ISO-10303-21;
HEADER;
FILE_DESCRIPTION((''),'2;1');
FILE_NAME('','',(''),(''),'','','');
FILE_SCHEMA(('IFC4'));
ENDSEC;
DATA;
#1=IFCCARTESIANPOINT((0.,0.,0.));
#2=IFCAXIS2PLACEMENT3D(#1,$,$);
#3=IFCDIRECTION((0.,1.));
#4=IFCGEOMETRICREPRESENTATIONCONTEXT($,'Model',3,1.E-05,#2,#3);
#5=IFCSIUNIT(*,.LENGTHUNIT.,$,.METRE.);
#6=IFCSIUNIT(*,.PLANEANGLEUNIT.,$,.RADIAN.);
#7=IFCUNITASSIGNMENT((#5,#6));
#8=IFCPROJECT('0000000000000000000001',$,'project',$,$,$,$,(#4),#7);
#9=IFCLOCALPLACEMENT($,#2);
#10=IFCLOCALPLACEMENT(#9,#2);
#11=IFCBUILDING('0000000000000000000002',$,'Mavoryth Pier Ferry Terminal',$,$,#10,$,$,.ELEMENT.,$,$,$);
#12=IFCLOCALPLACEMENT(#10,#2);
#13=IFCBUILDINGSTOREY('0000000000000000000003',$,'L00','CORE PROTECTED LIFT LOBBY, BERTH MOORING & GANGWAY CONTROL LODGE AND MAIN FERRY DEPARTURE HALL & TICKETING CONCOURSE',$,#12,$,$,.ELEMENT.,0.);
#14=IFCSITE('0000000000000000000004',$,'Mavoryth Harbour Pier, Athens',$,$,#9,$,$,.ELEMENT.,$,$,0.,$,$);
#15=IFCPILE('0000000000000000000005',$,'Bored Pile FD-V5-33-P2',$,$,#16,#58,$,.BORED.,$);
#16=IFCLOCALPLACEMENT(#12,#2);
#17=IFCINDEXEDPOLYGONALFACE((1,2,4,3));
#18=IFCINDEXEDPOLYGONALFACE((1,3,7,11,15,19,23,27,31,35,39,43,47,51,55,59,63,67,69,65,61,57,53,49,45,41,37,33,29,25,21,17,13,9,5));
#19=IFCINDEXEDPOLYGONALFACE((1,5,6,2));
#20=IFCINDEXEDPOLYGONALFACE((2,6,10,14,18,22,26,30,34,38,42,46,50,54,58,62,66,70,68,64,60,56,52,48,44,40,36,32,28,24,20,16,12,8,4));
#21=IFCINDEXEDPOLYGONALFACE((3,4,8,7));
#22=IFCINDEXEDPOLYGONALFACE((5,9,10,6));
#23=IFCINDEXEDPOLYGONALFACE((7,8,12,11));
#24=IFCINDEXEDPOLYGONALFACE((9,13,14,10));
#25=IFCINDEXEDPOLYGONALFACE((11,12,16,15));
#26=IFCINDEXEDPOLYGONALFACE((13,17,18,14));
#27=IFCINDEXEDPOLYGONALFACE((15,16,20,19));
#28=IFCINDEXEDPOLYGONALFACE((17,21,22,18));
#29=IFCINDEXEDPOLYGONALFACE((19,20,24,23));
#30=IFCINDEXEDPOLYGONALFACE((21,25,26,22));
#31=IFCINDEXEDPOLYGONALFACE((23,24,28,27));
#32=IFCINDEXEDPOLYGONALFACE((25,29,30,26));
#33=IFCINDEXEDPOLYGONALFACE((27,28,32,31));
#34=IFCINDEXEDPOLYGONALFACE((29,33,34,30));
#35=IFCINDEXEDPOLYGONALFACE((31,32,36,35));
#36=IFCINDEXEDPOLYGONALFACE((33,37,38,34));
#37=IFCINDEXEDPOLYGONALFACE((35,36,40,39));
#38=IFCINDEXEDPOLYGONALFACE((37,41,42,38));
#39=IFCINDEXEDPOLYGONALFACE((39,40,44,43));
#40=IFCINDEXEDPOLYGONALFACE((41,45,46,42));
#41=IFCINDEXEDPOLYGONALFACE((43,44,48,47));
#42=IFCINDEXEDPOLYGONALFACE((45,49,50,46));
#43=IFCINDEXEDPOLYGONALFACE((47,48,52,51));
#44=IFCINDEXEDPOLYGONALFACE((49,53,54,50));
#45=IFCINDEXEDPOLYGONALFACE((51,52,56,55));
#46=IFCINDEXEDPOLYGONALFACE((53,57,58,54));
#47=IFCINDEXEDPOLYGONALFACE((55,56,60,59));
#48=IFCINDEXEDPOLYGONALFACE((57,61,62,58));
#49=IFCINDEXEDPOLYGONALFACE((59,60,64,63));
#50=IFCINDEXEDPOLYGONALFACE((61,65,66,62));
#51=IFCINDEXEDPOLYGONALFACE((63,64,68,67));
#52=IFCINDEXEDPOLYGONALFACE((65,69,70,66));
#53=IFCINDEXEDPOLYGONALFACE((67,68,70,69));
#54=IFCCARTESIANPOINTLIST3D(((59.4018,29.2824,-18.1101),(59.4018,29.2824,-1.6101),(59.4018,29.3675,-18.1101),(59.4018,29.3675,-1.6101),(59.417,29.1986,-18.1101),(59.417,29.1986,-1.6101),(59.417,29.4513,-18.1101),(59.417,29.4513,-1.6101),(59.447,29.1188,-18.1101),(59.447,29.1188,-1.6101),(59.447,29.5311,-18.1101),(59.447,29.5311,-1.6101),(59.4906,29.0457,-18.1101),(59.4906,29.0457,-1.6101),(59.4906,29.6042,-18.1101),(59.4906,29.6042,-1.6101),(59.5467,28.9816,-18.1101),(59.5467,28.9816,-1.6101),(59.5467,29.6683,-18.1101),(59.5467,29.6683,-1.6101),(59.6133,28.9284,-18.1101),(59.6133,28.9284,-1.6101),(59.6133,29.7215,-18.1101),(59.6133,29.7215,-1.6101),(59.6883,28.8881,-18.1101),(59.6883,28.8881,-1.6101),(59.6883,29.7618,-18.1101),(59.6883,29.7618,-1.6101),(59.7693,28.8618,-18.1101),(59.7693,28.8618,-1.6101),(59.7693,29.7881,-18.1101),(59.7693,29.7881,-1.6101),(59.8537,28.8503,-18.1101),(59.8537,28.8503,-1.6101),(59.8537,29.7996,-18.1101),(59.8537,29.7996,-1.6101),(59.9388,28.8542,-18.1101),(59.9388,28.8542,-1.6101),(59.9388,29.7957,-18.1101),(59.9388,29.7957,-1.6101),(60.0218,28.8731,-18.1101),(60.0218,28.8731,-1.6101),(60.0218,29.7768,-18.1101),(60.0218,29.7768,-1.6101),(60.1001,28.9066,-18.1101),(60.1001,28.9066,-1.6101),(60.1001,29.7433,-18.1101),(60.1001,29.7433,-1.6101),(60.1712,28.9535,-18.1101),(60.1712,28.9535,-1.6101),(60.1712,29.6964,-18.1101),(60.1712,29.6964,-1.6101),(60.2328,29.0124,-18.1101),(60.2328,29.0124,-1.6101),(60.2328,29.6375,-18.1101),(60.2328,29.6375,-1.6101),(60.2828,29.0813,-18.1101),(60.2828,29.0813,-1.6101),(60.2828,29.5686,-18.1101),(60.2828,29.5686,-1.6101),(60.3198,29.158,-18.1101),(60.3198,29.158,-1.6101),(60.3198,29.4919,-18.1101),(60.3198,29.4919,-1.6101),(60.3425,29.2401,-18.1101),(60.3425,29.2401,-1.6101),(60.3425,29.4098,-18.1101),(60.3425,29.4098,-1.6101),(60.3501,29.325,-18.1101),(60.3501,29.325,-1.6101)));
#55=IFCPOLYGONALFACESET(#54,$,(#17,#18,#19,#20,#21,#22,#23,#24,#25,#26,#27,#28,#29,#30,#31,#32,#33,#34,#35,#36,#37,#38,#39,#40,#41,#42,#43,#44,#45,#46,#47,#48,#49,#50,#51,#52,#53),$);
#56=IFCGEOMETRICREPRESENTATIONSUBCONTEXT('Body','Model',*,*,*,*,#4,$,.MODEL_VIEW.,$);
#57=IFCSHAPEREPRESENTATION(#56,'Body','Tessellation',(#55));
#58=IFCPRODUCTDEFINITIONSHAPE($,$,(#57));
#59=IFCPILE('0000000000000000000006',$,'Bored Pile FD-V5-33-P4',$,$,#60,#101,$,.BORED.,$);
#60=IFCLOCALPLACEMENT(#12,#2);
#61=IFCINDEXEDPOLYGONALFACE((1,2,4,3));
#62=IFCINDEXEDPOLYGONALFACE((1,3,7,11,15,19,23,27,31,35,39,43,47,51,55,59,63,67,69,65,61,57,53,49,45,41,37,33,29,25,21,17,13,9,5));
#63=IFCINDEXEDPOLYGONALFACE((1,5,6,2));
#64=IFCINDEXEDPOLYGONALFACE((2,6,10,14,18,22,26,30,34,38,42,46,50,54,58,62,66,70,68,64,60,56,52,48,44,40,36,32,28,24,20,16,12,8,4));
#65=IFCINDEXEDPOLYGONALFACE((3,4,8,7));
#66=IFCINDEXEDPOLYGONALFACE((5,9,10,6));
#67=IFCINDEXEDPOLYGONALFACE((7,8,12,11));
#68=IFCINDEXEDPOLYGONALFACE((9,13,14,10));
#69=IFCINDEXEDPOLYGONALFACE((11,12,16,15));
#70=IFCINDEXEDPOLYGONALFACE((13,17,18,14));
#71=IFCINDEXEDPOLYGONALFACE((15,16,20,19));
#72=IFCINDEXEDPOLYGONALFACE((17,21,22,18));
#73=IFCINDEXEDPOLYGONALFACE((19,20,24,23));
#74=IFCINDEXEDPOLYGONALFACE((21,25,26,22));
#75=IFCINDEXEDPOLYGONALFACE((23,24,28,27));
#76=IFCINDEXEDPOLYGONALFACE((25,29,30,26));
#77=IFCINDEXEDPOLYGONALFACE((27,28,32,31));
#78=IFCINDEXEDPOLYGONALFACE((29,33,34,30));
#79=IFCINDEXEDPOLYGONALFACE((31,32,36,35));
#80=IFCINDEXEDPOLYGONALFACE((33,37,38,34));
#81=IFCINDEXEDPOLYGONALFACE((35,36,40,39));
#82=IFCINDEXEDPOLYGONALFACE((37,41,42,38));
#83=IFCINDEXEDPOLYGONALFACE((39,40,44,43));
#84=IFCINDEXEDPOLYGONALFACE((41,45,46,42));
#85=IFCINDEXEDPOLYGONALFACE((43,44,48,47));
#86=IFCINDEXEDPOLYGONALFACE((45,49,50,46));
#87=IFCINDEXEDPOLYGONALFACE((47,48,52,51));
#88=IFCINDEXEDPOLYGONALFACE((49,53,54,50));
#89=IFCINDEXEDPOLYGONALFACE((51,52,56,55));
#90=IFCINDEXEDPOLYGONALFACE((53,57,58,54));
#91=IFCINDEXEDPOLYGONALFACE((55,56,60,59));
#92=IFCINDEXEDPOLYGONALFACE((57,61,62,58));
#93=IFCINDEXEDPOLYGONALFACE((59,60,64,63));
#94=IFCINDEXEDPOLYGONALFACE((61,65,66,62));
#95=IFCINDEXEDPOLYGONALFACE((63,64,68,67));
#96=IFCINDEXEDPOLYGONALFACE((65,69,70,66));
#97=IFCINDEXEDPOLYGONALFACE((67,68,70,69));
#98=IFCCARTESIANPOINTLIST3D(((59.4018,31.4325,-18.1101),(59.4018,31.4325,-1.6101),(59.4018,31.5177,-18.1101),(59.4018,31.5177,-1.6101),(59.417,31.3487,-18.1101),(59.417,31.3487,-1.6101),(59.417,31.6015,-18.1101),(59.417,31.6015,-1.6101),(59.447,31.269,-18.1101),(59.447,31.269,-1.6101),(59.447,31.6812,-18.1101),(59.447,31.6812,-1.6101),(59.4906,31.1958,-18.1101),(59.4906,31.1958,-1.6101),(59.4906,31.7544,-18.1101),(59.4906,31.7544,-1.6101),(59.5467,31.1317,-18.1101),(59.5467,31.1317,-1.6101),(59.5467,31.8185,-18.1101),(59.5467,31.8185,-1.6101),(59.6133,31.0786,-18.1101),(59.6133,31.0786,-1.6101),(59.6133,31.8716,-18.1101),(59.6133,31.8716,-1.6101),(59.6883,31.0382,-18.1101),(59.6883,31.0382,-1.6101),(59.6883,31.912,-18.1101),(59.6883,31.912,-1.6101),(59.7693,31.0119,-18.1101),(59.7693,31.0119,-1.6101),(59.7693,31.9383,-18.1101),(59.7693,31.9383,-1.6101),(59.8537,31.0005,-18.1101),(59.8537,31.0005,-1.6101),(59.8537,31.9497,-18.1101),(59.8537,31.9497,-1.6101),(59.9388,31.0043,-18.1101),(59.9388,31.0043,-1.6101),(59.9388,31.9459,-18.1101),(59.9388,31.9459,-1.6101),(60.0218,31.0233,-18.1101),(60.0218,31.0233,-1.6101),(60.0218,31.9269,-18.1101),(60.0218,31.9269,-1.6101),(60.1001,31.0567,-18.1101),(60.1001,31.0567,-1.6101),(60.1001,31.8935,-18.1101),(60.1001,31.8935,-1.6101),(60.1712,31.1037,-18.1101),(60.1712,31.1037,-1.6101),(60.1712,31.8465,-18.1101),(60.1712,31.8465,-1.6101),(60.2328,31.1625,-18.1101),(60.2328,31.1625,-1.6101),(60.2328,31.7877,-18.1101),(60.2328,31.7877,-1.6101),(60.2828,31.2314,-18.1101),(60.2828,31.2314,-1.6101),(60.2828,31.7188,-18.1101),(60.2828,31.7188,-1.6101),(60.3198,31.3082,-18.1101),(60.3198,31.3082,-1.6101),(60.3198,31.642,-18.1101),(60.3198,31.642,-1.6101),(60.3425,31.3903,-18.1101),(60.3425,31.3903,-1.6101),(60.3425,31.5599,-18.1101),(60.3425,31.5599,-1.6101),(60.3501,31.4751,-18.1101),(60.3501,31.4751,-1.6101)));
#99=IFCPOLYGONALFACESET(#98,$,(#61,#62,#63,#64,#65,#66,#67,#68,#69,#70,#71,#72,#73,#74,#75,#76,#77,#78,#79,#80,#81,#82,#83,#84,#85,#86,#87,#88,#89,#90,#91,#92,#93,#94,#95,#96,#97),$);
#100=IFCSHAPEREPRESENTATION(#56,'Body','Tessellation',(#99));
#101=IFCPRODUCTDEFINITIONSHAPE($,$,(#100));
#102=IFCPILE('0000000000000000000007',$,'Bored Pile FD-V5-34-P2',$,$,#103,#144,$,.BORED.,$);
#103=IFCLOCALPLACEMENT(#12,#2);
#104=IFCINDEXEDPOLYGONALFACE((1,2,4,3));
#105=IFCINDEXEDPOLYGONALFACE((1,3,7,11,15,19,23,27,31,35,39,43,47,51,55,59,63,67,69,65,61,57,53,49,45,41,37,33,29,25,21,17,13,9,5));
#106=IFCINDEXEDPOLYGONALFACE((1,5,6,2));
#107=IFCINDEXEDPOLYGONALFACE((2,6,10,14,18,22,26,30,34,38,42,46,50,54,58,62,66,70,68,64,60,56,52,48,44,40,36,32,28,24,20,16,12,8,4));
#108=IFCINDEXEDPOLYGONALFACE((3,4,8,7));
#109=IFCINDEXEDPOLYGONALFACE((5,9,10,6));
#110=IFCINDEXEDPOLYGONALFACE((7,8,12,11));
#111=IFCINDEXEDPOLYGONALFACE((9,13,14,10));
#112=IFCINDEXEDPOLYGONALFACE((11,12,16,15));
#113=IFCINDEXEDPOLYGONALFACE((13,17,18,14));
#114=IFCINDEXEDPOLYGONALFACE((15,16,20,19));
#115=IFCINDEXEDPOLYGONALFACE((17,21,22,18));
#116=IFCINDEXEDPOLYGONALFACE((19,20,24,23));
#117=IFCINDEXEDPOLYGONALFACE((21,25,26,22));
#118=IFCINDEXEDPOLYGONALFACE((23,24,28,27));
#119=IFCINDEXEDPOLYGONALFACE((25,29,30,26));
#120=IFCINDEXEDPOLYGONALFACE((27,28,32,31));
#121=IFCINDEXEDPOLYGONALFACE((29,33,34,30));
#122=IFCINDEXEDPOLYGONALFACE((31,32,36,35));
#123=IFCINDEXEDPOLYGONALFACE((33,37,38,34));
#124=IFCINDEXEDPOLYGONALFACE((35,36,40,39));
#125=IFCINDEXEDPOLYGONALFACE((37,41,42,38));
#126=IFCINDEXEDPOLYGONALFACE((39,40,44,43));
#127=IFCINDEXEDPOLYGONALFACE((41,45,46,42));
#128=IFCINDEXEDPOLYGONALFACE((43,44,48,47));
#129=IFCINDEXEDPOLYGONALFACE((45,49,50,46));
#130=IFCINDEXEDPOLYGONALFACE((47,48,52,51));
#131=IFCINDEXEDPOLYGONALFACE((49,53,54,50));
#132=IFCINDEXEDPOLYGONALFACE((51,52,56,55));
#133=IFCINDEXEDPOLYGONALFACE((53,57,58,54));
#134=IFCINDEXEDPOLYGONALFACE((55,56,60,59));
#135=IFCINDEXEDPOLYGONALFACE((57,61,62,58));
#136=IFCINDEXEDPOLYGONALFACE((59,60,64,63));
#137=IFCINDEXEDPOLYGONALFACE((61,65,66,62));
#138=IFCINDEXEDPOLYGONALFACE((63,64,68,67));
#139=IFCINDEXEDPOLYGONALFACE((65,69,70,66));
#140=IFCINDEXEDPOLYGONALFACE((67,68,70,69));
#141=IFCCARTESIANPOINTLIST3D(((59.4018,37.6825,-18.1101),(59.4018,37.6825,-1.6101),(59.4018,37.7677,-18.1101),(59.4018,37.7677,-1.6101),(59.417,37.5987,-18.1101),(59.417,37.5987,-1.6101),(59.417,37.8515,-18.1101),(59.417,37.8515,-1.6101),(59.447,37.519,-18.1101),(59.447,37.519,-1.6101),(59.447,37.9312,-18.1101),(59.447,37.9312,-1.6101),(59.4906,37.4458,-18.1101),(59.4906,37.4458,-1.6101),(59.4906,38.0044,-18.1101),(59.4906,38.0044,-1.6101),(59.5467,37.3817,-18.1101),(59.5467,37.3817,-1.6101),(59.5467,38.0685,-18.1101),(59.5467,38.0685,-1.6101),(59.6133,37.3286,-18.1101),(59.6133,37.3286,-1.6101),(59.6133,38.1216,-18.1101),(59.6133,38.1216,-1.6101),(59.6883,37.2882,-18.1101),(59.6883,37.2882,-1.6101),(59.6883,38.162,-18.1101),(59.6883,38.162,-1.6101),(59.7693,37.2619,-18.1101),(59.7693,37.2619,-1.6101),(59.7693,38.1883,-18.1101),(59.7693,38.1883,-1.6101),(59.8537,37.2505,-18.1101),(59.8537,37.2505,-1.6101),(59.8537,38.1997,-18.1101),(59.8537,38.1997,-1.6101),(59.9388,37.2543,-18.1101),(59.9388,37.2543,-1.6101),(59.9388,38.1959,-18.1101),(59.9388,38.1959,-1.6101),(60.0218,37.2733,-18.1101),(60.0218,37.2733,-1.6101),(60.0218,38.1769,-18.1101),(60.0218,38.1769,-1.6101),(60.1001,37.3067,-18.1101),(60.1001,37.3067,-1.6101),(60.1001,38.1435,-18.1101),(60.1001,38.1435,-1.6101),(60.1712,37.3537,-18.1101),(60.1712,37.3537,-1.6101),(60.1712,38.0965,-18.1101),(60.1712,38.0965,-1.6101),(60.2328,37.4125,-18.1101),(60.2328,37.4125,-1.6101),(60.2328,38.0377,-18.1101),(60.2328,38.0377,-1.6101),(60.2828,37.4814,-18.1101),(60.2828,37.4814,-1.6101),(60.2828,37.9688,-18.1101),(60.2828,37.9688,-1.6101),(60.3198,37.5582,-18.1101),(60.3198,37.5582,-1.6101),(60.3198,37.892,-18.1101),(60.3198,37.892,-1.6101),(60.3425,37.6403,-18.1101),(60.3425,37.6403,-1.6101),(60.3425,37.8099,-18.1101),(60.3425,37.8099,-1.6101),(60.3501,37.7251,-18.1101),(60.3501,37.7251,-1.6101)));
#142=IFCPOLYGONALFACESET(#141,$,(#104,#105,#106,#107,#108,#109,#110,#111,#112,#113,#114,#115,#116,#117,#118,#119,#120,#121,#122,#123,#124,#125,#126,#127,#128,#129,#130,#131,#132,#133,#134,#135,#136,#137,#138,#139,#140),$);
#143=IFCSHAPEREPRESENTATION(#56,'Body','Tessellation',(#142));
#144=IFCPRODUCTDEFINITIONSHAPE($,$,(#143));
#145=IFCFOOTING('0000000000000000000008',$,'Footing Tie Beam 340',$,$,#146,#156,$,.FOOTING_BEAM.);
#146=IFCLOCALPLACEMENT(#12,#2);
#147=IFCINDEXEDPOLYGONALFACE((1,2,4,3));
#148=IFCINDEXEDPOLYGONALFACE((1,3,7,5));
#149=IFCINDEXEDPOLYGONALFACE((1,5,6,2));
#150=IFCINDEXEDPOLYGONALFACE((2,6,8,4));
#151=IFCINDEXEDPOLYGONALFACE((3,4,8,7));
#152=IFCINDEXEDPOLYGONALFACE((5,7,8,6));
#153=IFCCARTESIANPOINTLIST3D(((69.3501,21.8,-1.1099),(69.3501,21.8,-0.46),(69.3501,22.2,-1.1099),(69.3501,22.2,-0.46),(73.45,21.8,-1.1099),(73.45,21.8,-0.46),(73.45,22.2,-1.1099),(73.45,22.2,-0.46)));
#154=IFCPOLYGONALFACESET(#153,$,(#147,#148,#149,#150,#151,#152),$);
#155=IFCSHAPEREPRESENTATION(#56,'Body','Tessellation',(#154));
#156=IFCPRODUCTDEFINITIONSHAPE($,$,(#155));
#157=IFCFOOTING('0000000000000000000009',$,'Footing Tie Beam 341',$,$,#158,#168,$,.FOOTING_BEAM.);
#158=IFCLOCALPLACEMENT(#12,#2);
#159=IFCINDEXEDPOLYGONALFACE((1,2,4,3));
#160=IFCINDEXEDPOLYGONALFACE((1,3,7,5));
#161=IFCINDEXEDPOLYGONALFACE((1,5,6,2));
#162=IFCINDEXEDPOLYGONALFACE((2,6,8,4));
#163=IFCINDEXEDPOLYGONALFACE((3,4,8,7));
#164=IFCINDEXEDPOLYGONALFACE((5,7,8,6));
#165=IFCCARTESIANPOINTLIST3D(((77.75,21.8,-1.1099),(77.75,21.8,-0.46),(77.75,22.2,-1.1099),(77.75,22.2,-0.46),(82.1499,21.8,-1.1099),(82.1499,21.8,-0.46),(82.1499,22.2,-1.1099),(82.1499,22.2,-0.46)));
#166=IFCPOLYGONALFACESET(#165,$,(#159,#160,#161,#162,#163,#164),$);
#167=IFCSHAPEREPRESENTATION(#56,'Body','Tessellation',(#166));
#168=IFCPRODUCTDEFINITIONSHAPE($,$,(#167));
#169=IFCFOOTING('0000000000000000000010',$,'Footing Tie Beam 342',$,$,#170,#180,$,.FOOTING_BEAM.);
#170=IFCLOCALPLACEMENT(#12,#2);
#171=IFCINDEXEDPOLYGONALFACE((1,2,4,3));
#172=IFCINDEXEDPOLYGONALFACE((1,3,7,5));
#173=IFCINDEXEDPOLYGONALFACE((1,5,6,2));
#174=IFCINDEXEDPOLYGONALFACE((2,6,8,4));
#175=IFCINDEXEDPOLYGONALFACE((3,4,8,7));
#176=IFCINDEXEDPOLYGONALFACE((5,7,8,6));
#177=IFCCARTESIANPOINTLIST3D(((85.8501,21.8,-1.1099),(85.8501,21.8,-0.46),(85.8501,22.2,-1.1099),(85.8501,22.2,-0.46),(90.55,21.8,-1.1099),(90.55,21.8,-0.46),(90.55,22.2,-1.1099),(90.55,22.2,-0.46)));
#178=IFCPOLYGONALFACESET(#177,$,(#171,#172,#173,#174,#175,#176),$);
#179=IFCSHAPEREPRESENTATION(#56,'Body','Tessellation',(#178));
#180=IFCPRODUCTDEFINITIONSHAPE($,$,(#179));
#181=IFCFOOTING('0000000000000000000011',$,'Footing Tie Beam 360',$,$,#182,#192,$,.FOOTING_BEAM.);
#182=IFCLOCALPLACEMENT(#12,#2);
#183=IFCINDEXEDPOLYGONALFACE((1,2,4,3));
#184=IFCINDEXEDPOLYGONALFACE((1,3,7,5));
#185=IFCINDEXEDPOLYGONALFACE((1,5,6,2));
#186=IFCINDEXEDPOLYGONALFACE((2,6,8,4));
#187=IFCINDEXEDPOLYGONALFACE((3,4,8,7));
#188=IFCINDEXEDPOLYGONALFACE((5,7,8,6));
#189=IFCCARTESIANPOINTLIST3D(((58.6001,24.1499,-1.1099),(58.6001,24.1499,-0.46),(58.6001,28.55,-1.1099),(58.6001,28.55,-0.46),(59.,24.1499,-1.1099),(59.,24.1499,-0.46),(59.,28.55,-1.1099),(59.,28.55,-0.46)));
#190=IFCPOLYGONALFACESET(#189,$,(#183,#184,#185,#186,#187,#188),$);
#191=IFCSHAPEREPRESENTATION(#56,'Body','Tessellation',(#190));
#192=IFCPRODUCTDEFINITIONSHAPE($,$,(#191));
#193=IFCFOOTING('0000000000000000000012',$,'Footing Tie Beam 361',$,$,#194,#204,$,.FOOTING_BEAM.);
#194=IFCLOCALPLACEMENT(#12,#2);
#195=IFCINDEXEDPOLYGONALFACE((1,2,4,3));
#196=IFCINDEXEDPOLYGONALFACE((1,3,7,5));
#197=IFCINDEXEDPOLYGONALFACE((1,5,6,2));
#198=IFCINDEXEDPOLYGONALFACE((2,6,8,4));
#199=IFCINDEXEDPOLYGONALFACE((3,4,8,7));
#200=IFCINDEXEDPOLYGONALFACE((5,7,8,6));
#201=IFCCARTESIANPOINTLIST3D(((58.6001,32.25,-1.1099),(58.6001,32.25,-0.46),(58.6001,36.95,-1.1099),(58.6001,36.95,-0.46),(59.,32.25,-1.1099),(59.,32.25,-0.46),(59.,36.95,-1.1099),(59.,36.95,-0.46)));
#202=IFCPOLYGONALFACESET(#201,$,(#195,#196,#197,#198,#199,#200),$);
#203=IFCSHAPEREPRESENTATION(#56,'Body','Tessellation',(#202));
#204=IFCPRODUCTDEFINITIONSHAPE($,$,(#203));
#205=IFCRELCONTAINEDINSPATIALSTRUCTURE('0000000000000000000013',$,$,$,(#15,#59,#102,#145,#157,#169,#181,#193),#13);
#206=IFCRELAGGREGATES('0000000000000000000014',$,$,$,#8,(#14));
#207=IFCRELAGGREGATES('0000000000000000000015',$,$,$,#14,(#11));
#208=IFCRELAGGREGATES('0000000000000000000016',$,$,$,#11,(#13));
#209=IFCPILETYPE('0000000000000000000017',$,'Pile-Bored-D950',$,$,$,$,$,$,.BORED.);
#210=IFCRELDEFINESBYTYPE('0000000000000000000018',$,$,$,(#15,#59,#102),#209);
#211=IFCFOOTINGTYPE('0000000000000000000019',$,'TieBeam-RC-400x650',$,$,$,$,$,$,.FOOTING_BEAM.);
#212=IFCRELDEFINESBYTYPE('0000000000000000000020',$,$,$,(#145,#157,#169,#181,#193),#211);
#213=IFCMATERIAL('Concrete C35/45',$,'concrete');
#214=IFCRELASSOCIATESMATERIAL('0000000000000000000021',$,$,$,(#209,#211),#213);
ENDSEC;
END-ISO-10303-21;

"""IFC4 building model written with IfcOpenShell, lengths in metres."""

from ifc_helpers import new_model, si_unit, direction, frame, origin, origin_2d, place, context, subcontext, project, spatial, rectangle, circle, extrude, material, material_profile, profile_set, type_object, element, save


model = new_model("IFC4")

# Units and contexts
model_context = context("Model", 3, precision=1e-05, world=origin(), true_north=direction((0.0, 1.0)))
body_context = subcontext(model_context, "Body", "Model", "MODEL_VIEW")
ifc_project = project(units=[si_unit("LENGTHUNIT", "METRE"), si_unit("PLANEANGLEUNIT", "RADIAN")], contexts=[model_context])

# Site, building, storey
site_placement = place(None, origin())
site = spatial("IfcSite", under=ifc_project, at=site_placement, Name="Mavoryth Harbour Pier, Athens", CompositionType="ELEMENT", RefElevation=0.0)
building_placement = place(site_placement, origin())
building = spatial("IfcBuilding", under=site, at=building_placement, Name="Mavoryth Pier Ferry Terminal", CompositionType="ELEMENT")
storey_placement = place(building_placement, origin())
storey = spatial("IfcBuildingStorey", under=building, at=storey_placement, Name="L00", Description="CORE PROTECTED LIFT LOBBY, BERTH MOORING & GANGWAY CONTROL LODGE AND MAIN FERRY DEPARTURE HALL & TICKETING CONCOURSE", CompositionType="ELEMENT", Elevation=0.0)

# Shared definitions
ifc_material_1 = material(Name="Concrete C35/45", Category="concrete")

# Piles
ifc_material_profile_1 = material_profile(ifc_material_1, circle(Radius=0.4751, at=origin_2d()), Name="PILE D950", Category="concrete")
ifc_profile_set_1 = profile_set([ifc_material_profile_1], Name="Concrete C35/45 - PILE D950")
pile_type_1 = type_object("IfcPileType", Name="Pile-Bored-D950", PredefinedType="BORED", material=ifc_profile_set_1)
for number, where, z_axis, x_axis, name in (
    (1, (59.875, 29.325, -1.6101), (0.0, 0.0, -1.0), (1.0, 0.0, 0.0), "Bored Pile FD-V5-33-P2"),
    (2, (59.875, 31.4751, -1.6101), (0.0, 0.0, -1.0), (1.0, 0.0, 0.0), "Bored Pile FD-V5-33-P4"),
    (3, (59.875, 37.7251, -1.6101), (0.0, 0.0, -1.0), (1.0, 0.0, 0.0), "Bored Pile FD-V5-34-P2"),
):
    element("IfcPile", number, at=place(storey_placement, frame(where, z_axis=z_axis, x_axis=x_axis)), inside=storey, type_object=pile_type_1, Name=name, PredefinedType="BORED", context=body_context, shape_type="SweptSolid", body=[
        extrude(circle(Radius=0.4751, at=origin_2d()), origin(), (0.0, 0.0, 1.0), 16.5),
    ])

# Footings
ifc_material_profile_2 = material_profile(ifc_material_1, rectangle(XDim=0.3999, YDim=0.6499, at=origin_2d()), Name="RC 400x650", Category="concrete")
ifc_profile_set_2 = profile_set([ifc_material_profile_2], Name="Concrete C35/45 - RC 400x650")
footing_type_1 = type_object("IfcFootingType", Name="TieBeam-RC-400x650", PredefinedType="FOOTING_BEAM", material=ifc_profile_set_2)
footing_1_placement = place(storey_placement, frame((69.3501, 22.0, -0.7849), z_axis=(1.0, 0.0, 0.0), x_axis=(0.0, 1.0, 0.0)))
element("IfcFooting", 4, at=footing_1_placement, inside=storey, type_object=footing_type_1, Name="Footing Tie Beam 340", PredefinedType="FOOTING_BEAM", context=body_context, shape_type="SweptSolid", body=[
    extrude(rectangle(XDim=0.3999, YDim=0.6499, at=origin_2d()), origin(), (0.0, 0.0, 1.0), 4.0999),
])
footing_2_placement = place(storey_placement, frame((77.75, 22.0, -0.7849), z_axis=(1.0, 0.0, 0.0), x_axis=(0.0, 1.0, 0.0)))
element("IfcFooting", 5, at=footing_2_placement, inside=storey, type_object=footing_type_1, Name="Footing Tie Beam 341", PredefinedType="FOOTING_BEAM", context=body_context, shape_type="SweptSolid", body=[
    extrude(rectangle(XDim=0.3999, YDim=0.6499, at=origin_2d()), origin(), (0.0, 0.0, 1.0), 4.3999),
])
footing_3_placement = place(storey_placement, frame((85.8501, 22.0, -0.7849), z_axis=(1.0, 0.0, 0.0), x_axis=(0.0, 1.0, 0.0)))
element("IfcFooting", 6, at=footing_3_placement, inside=storey, type_object=footing_type_1, Name="Footing Tie Beam 342", PredefinedType="FOOTING_BEAM", context=body_context, shape_type="SweptSolid", body=[
    extrude(rectangle(XDim=0.3999, YDim=0.6499, at=origin_2d()), origin(), (0.0, 0.0, 1.0), 4.7),
])
footing_4_placement = place(storey_placement, frame((58.8, 24.1499, -0.7849), z_axis=(0.0, 1.0, 0.0), x_axis=(-1.0, 0.0, 0.0)))
element("IfcFooting", 7, at=footing_4_placement, inside=storey, type_object=footing_type_1, Name="Footing Tie Beam 360", PredefinedType="FOOTING_BEAM", context=body_context, shape_type="SweptSolid", body=[
    extrude(rectangle(XDim=0.3999, YDim=0.6499, at=origin_2d()), origin(), (0.0, 0.0, 1.0), 4.4001),
])
footing_5_placement = place(storey_placement, frame((58.8, 32.25, -0.7849), z_axis=(0.0, 1.0, 0.0), x_axis=(-1.0, 0.0, 0.0)))
element("IfcFooting", 8, at=footing_5_placement, inside=storey, type_object=footing_type_1, Name="Footing Tie Beam 361", PredefinedType="FOOTING_BEAM", context=body_context, shape_type="SweptSolid", body=[
    extrude(rectangle(XDim=0.3999, YDim=0.6499, at=origin_2d()), origin(), (0.0, 0.0, 1.0), 4.7),
])

save(model, "model.ifc")
